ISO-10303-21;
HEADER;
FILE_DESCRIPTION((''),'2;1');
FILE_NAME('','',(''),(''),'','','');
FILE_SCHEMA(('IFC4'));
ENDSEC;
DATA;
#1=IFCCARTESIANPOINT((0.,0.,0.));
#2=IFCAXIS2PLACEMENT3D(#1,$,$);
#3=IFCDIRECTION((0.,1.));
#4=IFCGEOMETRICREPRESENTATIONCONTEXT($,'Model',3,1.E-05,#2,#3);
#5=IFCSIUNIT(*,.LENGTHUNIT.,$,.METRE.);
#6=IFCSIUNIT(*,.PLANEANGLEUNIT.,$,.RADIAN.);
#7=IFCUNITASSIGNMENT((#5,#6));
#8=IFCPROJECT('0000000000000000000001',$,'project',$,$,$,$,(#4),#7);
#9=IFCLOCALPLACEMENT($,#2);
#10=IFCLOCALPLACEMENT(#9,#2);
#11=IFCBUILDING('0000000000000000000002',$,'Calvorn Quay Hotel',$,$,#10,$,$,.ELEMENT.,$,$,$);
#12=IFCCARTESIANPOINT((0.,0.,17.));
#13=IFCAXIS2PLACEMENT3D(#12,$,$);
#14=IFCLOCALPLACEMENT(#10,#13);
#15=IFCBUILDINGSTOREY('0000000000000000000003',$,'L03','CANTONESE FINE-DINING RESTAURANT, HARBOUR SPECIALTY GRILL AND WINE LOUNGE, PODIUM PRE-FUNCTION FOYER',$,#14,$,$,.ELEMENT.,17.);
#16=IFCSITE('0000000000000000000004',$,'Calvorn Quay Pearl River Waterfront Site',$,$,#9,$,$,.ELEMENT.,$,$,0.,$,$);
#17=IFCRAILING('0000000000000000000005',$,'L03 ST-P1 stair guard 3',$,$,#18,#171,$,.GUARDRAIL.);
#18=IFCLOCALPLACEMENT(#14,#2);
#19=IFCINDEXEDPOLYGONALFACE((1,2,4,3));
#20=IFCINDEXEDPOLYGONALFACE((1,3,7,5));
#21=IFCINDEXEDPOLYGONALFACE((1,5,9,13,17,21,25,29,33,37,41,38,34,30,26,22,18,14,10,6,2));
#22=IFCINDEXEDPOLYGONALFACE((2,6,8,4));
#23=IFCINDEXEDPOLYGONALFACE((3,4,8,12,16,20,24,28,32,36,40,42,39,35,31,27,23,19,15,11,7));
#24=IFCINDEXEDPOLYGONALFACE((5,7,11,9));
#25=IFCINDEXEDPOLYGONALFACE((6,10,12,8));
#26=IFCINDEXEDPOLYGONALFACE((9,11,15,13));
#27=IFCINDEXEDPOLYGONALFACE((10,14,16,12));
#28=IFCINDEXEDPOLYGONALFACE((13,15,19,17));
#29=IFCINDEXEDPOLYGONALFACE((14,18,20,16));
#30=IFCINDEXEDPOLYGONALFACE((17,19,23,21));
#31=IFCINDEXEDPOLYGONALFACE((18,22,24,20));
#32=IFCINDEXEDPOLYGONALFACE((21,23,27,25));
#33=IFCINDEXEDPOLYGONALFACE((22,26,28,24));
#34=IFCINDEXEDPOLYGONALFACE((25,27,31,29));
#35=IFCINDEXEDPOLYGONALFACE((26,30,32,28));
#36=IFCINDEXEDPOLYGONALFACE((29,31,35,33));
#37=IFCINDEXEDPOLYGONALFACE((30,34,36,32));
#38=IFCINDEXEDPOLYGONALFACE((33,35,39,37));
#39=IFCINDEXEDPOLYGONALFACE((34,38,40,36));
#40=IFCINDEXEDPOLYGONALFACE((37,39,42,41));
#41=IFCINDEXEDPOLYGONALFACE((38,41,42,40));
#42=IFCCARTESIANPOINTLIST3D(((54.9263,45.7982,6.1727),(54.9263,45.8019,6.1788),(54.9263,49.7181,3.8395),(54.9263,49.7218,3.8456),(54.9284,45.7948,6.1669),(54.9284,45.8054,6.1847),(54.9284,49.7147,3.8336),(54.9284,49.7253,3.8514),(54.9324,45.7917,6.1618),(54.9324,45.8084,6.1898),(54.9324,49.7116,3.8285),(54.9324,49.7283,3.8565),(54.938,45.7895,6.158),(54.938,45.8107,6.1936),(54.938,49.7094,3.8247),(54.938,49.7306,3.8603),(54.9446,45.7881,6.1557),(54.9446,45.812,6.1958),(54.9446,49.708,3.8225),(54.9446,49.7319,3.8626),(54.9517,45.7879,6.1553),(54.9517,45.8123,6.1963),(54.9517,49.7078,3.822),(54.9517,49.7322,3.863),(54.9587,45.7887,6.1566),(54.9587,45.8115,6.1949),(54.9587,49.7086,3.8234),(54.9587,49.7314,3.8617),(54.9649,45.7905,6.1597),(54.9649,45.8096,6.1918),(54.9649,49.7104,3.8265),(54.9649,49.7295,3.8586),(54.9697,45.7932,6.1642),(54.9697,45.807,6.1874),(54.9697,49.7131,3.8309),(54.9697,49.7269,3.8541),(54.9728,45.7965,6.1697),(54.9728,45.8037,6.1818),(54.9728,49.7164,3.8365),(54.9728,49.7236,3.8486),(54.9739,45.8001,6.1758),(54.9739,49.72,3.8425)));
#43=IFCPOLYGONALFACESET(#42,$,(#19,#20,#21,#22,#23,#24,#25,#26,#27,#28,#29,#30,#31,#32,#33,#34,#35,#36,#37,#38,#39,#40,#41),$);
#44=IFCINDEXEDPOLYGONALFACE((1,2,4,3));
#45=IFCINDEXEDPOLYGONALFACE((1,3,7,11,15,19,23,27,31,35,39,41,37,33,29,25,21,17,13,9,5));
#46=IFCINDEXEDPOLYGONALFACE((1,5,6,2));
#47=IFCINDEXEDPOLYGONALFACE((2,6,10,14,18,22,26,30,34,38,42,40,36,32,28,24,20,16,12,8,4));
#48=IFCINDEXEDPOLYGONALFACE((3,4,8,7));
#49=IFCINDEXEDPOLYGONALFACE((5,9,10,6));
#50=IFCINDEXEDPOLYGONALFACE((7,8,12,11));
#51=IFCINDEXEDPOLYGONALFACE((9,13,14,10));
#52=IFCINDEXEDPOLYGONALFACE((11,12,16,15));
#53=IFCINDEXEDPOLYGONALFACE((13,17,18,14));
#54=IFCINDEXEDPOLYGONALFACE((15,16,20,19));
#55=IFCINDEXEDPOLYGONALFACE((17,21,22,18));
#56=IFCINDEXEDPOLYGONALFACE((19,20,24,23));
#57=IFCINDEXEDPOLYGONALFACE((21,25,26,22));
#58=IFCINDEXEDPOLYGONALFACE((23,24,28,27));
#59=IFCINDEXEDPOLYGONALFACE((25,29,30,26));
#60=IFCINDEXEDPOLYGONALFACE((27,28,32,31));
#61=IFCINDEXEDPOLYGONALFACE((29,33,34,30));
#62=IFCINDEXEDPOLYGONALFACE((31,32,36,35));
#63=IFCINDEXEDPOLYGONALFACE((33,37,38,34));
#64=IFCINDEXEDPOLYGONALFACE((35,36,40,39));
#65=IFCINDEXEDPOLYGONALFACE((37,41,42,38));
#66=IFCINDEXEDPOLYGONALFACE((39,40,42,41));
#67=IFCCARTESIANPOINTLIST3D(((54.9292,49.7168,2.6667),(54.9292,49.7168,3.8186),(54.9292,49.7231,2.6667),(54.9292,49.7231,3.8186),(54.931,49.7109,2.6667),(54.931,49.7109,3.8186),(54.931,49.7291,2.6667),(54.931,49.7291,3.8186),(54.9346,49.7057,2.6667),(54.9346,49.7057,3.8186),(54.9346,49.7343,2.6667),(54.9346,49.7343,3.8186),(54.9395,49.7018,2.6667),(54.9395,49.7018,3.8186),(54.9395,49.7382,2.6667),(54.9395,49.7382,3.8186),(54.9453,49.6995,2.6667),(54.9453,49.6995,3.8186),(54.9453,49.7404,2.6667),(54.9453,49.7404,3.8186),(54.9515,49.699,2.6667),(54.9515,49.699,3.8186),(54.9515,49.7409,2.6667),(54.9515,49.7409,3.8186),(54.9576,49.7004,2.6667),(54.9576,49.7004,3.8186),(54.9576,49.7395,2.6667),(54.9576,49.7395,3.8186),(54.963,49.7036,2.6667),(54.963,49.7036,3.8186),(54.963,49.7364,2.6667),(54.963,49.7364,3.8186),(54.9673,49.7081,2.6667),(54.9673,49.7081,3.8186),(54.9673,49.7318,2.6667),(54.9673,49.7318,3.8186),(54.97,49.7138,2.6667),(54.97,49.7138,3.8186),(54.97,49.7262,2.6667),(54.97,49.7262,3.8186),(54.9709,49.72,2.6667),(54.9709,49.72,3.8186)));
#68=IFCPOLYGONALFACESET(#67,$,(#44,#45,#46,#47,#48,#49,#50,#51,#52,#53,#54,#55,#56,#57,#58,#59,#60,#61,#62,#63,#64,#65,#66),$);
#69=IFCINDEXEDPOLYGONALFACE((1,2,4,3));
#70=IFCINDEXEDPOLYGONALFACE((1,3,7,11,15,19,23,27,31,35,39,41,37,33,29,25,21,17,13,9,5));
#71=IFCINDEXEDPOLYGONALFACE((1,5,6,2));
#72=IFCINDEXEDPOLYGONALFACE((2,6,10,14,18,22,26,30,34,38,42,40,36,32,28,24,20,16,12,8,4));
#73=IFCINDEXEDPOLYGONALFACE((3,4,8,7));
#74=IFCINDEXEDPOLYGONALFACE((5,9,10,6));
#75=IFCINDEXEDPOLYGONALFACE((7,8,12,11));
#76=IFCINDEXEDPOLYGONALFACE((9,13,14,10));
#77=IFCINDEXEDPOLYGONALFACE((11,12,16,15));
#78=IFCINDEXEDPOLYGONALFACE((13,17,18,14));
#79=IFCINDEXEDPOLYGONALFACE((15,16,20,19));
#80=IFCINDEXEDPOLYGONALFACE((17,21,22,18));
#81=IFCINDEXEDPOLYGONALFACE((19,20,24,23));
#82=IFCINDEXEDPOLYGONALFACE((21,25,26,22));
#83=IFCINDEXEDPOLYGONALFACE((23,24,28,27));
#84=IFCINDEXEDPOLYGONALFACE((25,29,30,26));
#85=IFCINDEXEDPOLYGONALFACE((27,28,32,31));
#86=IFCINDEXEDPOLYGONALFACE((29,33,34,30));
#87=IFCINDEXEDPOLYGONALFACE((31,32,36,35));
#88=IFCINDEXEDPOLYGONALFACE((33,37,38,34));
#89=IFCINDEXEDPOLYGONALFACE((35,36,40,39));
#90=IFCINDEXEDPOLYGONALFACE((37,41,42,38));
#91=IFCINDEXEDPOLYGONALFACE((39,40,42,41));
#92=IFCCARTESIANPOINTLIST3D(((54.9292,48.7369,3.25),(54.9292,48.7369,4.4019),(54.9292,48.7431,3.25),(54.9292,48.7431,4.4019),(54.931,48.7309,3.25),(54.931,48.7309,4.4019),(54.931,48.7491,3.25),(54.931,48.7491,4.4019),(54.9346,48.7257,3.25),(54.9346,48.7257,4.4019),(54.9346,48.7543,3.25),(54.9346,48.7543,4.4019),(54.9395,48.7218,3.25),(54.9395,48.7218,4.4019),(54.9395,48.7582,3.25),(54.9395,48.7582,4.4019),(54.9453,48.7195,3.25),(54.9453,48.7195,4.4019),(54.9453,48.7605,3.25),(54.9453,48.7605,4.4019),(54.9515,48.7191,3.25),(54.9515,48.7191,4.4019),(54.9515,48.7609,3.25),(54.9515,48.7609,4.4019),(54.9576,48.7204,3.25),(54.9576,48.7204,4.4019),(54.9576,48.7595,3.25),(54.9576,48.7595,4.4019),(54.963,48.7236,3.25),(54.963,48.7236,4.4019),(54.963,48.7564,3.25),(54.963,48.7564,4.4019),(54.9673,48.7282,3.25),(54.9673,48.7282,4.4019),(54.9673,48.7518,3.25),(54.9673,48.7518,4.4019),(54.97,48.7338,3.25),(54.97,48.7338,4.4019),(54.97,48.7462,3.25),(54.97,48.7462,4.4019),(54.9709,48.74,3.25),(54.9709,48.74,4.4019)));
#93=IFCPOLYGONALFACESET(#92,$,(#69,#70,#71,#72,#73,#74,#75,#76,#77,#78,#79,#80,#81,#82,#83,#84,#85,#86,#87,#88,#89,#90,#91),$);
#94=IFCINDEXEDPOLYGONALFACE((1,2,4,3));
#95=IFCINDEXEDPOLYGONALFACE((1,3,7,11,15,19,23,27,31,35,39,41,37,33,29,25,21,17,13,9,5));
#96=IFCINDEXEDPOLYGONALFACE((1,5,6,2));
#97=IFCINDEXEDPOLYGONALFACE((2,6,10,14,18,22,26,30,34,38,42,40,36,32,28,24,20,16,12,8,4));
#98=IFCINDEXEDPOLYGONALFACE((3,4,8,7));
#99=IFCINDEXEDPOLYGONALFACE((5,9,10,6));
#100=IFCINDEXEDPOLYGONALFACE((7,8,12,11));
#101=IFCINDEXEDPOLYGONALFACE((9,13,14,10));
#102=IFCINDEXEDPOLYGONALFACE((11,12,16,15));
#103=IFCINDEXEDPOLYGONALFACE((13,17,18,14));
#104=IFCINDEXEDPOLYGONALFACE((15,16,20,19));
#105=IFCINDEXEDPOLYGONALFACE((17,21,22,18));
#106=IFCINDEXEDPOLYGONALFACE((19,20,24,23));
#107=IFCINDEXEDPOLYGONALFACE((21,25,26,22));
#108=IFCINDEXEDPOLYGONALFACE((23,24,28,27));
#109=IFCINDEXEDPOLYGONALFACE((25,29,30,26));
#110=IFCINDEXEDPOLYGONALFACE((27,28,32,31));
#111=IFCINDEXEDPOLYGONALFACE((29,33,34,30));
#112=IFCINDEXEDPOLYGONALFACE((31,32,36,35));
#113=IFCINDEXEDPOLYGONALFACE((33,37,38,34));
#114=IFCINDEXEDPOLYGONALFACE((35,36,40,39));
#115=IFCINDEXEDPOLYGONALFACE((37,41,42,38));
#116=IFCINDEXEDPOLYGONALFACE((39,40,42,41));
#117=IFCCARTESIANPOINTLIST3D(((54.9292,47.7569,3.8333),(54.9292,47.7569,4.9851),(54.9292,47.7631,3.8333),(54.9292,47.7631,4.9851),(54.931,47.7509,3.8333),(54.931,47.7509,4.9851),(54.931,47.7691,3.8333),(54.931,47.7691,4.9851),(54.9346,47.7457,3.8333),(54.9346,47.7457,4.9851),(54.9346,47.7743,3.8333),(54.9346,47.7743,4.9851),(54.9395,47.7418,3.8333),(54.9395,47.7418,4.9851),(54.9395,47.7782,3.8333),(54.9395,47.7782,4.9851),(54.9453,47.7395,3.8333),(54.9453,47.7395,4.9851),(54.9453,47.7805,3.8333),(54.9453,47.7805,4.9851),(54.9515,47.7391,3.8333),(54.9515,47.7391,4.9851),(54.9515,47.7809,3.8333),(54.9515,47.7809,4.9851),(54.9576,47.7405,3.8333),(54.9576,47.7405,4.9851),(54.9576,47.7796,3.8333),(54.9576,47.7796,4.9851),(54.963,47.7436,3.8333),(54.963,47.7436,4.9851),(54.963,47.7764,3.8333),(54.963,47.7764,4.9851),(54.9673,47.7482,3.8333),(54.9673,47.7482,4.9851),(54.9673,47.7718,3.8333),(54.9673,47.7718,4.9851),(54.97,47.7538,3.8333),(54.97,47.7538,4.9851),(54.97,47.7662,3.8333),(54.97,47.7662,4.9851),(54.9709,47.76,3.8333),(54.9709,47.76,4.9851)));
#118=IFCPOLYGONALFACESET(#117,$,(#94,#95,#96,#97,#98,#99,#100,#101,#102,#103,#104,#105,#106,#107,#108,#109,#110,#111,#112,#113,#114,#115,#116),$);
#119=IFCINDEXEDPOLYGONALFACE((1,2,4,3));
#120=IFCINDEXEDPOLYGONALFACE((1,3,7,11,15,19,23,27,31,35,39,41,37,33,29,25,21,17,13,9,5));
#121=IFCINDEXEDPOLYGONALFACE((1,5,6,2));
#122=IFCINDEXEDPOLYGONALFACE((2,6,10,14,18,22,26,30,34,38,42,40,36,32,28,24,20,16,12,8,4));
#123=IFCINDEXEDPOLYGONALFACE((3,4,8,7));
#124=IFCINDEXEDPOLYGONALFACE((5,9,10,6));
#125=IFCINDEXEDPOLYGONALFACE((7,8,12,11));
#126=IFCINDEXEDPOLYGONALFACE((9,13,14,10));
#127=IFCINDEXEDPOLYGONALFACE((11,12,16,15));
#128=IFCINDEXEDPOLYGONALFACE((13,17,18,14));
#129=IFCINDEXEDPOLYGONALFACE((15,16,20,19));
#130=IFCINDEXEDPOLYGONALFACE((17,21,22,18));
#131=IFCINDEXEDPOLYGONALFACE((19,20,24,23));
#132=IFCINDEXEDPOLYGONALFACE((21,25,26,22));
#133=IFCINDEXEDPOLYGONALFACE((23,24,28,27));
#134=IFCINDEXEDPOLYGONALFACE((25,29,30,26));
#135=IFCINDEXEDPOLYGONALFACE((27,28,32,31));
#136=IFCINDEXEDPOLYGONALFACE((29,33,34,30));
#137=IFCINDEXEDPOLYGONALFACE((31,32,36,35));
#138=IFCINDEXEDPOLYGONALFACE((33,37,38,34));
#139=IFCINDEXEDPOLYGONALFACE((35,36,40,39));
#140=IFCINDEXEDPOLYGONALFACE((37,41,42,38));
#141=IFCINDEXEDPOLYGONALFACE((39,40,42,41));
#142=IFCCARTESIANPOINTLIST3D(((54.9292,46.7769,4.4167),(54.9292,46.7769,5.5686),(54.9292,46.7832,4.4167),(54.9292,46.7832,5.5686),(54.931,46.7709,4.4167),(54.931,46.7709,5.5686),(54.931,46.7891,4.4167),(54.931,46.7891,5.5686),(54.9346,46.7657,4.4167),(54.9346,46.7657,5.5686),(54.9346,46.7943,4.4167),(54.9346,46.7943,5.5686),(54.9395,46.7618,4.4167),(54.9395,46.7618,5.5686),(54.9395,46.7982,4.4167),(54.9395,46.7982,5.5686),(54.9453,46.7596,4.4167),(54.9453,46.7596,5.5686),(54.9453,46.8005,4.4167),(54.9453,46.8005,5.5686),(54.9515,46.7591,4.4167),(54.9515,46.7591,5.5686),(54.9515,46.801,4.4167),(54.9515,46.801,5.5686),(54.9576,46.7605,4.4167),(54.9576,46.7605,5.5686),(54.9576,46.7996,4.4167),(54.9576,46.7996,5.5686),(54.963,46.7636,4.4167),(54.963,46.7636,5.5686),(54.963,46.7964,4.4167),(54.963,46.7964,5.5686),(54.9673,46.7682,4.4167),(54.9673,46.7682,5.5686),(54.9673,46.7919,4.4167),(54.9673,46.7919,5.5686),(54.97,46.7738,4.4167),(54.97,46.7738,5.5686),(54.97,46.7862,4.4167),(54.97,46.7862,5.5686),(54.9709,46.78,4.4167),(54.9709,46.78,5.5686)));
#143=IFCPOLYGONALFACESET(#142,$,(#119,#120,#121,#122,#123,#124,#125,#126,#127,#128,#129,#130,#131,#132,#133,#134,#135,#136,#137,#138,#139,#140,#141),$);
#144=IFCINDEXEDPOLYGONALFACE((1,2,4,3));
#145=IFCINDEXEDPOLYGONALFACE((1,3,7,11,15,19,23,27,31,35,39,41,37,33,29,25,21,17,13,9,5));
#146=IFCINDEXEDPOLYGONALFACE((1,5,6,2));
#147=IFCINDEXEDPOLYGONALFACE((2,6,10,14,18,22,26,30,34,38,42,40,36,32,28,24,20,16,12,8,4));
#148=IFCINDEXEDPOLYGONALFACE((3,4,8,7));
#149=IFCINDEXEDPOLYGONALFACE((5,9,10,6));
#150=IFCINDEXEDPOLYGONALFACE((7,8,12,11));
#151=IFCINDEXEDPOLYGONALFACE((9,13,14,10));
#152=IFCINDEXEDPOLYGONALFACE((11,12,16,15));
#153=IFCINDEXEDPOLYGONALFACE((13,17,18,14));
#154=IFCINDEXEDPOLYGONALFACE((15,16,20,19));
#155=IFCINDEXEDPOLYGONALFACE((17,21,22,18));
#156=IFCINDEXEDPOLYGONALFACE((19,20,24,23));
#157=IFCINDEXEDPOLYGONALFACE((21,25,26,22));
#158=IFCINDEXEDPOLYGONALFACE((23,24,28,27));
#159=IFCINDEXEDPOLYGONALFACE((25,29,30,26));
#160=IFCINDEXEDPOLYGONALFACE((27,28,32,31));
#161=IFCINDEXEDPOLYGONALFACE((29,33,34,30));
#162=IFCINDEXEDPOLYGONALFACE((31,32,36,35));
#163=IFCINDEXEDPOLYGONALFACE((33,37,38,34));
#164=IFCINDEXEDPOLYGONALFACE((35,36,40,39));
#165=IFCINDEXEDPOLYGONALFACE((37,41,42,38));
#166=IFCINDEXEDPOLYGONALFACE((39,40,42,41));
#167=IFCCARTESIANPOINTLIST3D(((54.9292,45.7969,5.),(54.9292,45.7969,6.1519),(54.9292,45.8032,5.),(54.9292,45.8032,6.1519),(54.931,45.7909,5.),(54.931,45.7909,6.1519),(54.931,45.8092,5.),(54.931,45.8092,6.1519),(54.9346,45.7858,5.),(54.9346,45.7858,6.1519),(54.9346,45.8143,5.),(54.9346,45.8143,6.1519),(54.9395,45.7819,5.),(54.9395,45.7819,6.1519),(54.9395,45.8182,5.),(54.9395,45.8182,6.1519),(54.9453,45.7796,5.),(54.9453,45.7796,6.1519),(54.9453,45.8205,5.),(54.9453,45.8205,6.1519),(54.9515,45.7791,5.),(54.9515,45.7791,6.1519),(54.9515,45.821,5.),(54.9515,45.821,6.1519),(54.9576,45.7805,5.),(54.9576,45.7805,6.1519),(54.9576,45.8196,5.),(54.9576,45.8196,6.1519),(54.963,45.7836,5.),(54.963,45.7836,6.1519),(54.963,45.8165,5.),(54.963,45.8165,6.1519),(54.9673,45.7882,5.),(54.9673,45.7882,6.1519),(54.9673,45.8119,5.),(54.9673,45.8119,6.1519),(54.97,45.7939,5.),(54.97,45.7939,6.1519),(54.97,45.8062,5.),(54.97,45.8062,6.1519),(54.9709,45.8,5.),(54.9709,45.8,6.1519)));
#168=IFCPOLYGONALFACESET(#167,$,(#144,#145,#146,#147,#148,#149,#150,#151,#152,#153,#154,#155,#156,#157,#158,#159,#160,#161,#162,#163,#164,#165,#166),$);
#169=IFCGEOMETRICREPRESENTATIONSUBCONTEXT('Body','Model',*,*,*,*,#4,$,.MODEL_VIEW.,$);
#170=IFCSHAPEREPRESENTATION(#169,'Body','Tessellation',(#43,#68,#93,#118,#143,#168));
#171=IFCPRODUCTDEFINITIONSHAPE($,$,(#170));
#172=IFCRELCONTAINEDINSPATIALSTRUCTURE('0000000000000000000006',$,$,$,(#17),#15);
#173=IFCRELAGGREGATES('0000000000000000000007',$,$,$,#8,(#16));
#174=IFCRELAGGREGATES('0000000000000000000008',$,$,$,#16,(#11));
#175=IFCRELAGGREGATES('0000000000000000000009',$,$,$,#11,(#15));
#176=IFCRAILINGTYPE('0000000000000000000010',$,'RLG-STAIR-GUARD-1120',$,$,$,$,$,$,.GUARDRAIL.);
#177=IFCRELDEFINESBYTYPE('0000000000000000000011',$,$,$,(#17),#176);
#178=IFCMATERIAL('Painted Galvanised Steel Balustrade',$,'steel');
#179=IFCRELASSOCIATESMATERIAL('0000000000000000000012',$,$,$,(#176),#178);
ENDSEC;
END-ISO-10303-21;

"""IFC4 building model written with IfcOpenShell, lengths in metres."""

from ifc_helpers import new_model, si_unit, direction, frame, origin, origin_2d, place, context, subcontext, project, spatial, circle, extrude, material, type_object, element, save


model = new_model("IFC4")

# Units and contexts
model_context = context("Model", 3, precision=1e-05, world=origin(), true_north=direction((0.0, 1.0)))
body_context = subcontext(model_context, "Body", "Model", "MODEL_VIEW")
ifc_project = project(units=[si_unit("LENGTHUNIT", "METRE"), si_unit("PLANEANGLEUNIT", "RADIAN")], contexts=[model_context])

# Site, building, storey
site_placement = place(None, origin())
site = spatial("IfcSite", under=ifc_project, at=site_placement, Name="Calvorn Quay Pearl River Waterfront Site", CompositionType="ELEMENT", RefElevation=0.0)
building_placement = place(site_placement, origin())
building = spatial("IfcBuilding", under=site, at=building_placement, Name="Calvorn Quay Hotel", CompositionType="ELEMENT")
storey_placement = place(building_placement, frame((0.0, 0.0, 17.0)))
storey = spatial("IfcBuildingStorey", under=building, at=storey_placement, Name="L03", Description="CANTONESE FINE-DINING RESTAURANT, HARBOUR SPECIALTY GRILL AND WINE LOUNGE, PODIUM PRE-FUNCTION FOYER", CompositionType="ELEMENT", Elevation=17.0)

# Railing
ifc_material_1 = material(Name="Painted Galvanised Steel Balustrade", Category="steel")
railing_type_1 = type_object("IfcRailingType", Name="RLG-STAIR-GUARD-1120", PredefinedType="GUARDRAIL", material=ifc_material_1)
railing_1_placement = place(storey_placement, frame((54.95, 49.72, 2.6667)))
element("IfcRailing", 1, at=railing_1_placement, inside=storey, type_object=railing_type_1, Name="L03 ST-P1 stair guard 3", PredefinedType="GUARDRAIL", context=body_context, shape_type="SweptSolid", body=[
    extrude(circle(Radius=0.0239, at=origin_2d()), frame((0.0, 0.0, 1.1758), z_axis=(0.0, -0.859296, 0.511478), x_axis=(1.0, 0.0, 0.0)), (0.0, 0.0, 1.0), 4.5618),
    extrude(circle(Radius=0.021, at=origin_2d()), origin(), (0.0, 0.0, 1.0), 1.1519),
    extrude(circle(Radius=0.021, at=origin_2d()), frame((0.0, -0.98, 0.5833)), (0.0, 0.0, 1.0), 1.1519),
    extrude(circle(Radius=0.021, at=origin_2d()), frame((0.0, -1.96, 1.1665)), (0.0, 0.0, 1.0), 1.1519),
    extrude(circle(Radius=0.021, at=origin_2d()), frame((0.0, -2.9399, 1.75)), (0.0, 0.0, 1.0), 1.1519),
    extrude(circle(Radius=0.021, at=origin_2d()), frame((0.0, -3.9199, 2.3333)), (0.0, 0.0, 1.0), 1.1519),
])

save(model, "model.ifc")
